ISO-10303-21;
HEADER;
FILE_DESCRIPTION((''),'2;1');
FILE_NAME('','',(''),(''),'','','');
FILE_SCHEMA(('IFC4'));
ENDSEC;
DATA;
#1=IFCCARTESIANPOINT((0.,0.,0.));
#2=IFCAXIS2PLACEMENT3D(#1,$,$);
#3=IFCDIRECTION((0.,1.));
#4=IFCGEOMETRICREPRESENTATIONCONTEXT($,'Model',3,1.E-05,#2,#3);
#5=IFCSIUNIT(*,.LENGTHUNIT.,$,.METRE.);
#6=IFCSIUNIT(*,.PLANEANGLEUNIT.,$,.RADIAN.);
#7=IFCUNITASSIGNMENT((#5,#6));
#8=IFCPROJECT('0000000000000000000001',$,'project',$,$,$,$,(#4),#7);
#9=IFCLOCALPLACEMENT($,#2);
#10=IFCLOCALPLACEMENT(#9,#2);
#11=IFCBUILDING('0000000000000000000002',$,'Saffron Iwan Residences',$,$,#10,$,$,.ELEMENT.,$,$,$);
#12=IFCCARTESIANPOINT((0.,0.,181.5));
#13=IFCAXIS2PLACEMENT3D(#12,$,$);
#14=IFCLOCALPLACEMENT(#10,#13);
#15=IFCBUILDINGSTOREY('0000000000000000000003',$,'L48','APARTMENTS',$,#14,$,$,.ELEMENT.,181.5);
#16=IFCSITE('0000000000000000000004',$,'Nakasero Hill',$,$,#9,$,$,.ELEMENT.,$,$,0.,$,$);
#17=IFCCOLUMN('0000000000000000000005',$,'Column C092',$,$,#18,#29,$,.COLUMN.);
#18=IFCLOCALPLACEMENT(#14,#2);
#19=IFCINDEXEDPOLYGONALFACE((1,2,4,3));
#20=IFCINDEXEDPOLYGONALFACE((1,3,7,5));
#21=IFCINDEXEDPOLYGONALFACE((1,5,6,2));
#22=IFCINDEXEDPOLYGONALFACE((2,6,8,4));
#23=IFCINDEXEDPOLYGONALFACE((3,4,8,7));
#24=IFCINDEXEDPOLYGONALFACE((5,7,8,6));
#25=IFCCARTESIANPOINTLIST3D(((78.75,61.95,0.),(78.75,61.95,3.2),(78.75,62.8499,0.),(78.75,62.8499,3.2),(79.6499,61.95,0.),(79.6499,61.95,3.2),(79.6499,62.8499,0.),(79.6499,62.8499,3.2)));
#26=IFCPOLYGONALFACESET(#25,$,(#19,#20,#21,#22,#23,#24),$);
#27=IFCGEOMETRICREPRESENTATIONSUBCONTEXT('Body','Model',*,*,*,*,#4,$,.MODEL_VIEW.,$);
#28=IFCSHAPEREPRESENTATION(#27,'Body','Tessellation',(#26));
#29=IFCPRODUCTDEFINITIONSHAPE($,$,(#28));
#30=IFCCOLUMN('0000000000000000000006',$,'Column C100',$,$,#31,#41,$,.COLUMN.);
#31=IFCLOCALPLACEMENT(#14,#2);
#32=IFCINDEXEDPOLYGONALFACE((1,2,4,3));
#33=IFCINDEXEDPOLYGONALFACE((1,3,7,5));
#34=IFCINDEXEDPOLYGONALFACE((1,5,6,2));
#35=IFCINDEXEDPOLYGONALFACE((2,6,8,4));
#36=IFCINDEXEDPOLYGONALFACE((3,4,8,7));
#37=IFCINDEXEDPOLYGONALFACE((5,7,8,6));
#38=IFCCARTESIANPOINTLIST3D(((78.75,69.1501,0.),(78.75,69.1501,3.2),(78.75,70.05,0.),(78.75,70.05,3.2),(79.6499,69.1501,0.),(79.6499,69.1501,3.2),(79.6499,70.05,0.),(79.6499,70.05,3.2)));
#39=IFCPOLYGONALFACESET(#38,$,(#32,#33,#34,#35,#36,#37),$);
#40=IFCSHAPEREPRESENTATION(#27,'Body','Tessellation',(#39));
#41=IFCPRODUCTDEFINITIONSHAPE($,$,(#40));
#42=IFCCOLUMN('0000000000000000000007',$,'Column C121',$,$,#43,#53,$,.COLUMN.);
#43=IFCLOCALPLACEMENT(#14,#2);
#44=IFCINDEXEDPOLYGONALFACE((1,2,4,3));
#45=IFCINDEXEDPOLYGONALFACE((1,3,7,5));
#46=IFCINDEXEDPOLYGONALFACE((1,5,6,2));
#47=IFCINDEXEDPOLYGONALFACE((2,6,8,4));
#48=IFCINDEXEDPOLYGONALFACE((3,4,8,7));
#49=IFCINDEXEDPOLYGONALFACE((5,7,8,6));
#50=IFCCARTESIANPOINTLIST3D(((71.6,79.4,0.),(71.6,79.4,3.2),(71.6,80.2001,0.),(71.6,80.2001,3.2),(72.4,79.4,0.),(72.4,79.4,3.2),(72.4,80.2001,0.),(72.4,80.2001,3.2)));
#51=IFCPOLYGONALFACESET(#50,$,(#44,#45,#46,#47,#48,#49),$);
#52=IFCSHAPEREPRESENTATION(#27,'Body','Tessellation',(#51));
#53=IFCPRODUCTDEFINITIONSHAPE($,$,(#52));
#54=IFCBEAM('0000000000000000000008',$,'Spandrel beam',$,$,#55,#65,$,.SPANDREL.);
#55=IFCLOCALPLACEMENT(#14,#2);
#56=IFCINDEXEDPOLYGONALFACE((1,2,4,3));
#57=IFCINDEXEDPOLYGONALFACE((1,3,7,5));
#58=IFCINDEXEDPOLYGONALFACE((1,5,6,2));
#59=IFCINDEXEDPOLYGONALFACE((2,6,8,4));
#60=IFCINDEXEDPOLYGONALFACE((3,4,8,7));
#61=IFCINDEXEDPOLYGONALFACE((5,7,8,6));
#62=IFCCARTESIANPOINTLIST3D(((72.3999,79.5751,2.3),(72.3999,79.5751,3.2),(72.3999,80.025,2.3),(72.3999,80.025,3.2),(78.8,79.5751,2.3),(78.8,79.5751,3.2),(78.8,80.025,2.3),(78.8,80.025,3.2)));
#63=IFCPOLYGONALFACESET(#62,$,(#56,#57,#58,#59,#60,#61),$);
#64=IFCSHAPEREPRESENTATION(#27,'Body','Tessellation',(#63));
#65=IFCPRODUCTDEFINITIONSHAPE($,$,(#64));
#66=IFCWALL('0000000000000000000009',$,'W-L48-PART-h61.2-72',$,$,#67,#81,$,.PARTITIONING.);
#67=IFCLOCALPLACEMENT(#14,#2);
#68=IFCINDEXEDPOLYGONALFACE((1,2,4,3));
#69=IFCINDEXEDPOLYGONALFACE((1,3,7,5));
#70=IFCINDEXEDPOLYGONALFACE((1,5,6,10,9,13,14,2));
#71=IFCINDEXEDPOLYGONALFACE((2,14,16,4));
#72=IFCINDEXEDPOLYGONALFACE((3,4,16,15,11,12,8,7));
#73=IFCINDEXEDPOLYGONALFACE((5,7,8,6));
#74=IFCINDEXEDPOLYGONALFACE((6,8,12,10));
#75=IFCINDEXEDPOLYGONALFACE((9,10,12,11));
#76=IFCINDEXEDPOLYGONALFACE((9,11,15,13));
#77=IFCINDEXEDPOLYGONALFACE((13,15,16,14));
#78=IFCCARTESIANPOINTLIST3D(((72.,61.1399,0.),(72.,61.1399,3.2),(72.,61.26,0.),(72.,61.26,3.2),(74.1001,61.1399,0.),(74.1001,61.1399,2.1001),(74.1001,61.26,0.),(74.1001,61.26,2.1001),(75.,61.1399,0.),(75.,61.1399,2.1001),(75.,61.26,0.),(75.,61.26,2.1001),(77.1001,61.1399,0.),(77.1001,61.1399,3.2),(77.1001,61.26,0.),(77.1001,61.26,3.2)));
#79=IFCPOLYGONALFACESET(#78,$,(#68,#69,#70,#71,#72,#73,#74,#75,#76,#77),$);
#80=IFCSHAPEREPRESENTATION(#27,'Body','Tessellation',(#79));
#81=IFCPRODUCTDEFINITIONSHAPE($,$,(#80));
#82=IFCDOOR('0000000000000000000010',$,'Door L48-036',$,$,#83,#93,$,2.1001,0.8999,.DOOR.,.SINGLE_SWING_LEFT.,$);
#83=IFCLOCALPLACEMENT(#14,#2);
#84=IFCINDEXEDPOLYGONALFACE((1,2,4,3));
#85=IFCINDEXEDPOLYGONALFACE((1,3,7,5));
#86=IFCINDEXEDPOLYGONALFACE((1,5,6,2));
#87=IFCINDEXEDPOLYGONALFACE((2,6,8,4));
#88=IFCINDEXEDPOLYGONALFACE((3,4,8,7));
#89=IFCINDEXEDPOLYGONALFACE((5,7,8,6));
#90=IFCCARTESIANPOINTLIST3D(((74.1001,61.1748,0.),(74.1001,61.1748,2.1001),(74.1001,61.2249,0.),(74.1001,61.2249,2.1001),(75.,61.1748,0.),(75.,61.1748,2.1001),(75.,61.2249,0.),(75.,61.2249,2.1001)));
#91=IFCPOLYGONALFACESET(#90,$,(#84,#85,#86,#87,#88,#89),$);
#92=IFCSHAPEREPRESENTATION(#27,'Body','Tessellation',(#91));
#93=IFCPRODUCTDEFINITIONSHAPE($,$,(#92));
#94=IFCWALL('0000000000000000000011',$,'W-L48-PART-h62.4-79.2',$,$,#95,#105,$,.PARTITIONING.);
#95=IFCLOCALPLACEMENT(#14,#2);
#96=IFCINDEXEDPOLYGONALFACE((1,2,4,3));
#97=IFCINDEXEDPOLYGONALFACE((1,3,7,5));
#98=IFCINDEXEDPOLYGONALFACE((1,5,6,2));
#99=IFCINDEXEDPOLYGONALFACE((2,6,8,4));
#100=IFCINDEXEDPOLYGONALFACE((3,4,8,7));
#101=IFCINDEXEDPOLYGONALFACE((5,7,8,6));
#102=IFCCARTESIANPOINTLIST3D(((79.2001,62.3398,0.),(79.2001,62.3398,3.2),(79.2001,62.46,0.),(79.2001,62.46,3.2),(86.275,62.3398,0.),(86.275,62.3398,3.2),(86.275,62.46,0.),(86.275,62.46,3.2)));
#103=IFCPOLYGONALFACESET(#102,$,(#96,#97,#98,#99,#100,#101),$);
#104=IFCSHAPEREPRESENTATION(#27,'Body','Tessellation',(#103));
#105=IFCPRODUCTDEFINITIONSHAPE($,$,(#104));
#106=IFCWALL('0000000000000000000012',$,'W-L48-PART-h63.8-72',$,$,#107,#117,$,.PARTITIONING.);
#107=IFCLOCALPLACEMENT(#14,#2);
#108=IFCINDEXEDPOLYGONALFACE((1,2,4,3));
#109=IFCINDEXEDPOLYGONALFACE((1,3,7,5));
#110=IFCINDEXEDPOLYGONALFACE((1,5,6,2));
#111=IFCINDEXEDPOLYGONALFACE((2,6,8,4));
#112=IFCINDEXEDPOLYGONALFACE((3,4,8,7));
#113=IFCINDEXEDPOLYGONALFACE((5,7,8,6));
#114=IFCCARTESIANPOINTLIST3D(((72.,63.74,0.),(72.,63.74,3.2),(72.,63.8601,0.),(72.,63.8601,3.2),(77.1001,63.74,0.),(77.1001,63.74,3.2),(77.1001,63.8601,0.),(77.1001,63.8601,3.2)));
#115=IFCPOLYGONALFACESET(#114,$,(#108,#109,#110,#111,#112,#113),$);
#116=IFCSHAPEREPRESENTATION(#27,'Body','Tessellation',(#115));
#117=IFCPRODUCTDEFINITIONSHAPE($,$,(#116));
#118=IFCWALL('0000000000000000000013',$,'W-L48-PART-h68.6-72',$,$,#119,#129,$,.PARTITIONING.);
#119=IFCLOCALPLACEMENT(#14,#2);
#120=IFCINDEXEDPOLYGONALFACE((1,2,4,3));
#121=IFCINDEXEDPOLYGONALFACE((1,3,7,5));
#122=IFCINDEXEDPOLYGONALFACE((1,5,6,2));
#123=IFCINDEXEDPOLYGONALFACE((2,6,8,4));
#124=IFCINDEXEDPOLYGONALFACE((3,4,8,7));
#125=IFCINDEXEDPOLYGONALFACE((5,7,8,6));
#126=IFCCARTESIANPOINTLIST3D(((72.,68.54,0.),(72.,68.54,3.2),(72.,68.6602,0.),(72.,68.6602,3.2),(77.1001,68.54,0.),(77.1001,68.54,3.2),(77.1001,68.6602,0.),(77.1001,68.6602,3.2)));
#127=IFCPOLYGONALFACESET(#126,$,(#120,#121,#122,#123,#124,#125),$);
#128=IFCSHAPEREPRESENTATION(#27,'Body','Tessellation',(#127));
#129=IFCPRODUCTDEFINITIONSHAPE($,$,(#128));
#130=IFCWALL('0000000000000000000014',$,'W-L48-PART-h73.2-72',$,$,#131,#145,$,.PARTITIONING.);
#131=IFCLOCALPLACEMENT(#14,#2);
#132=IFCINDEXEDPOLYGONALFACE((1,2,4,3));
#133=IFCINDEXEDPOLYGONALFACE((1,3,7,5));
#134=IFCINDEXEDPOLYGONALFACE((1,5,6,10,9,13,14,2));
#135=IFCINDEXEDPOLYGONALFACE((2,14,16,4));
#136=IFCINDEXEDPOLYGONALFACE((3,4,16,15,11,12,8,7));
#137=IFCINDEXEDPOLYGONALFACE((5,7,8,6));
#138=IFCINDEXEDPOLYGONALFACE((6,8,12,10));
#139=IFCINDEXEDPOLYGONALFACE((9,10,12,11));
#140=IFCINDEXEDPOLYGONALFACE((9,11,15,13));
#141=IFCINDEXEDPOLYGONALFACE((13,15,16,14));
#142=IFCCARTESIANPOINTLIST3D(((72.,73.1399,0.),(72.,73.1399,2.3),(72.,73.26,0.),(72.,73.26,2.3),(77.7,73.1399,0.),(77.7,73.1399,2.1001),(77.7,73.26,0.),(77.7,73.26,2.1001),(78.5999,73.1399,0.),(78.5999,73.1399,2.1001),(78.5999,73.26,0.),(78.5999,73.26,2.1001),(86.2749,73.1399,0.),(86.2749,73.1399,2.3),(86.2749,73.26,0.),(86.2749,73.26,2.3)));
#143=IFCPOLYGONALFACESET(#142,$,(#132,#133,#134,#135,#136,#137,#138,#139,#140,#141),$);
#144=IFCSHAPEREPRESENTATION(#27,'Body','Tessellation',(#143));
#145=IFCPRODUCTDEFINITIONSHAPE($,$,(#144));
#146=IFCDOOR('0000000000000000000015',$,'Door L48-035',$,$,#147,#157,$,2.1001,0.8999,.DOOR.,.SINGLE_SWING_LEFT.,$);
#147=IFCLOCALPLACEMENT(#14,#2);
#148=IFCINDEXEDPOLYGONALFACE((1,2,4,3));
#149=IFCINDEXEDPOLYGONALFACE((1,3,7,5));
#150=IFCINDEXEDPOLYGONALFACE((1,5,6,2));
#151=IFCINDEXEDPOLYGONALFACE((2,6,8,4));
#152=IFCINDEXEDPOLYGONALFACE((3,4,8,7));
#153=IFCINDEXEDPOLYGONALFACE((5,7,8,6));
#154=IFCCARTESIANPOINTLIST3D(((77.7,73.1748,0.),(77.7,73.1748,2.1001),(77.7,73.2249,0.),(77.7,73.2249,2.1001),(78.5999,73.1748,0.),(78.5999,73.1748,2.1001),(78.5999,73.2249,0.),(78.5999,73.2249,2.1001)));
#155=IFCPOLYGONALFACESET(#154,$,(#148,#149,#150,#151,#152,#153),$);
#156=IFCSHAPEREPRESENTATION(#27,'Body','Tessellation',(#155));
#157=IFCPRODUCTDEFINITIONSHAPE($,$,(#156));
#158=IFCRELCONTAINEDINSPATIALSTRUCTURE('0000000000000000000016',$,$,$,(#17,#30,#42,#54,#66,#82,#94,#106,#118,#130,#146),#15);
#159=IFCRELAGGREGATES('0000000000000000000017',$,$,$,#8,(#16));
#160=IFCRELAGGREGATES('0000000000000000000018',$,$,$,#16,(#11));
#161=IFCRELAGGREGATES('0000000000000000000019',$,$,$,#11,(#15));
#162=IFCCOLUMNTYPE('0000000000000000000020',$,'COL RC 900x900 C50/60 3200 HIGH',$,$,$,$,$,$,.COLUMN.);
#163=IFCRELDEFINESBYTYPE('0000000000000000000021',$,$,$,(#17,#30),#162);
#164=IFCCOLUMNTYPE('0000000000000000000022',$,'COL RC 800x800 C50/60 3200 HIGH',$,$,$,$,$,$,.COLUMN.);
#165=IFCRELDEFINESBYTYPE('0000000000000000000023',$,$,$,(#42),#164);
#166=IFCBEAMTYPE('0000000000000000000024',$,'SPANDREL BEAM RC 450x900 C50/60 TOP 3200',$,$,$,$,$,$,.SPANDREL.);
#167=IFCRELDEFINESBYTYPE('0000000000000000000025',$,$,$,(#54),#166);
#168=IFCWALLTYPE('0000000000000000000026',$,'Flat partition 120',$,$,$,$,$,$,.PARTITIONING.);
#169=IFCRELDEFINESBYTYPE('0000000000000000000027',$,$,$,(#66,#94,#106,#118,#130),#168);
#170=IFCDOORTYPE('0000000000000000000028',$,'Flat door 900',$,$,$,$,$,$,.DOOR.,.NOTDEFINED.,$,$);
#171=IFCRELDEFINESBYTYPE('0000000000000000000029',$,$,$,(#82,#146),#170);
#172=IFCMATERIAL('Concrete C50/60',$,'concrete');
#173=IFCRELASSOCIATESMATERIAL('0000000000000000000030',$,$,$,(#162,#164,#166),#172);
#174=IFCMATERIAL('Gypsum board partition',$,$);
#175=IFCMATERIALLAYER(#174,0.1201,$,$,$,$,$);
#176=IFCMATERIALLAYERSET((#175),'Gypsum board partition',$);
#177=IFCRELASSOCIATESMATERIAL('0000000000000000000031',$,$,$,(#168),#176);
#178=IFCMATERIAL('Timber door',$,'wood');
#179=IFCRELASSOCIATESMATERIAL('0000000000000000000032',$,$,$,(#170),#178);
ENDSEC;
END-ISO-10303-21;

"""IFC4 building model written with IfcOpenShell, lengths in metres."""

from ifc_helpers import new_model, si_unit, direction, frame, frame_2d, origin, origin_2d, place, context, subcontext, project, spatial, rectangle, extrude, source, transform, mapped, material, layer, layer_set, material_profile, profile_set, type_object, element, fill, save


model = new_model("IFC4")

# Units and contexts
model_context = context("Model", 3, precision=1e-05, world=origin(), true_north=direction((0.0, 1.0)))
body_context = subcontext(model_context, "Body", "Model", "MODEL_VIEW")
ifc_project = project(units=[si_unit("LENGTHUNIT", "METRE"), si_unit("PLANEANGLEUNIT", "RADIAN")], contexts=[model_context])

# Site, building, storey
site_placement = place(None, origin())
site = spatial("IfcSite", under=ifc_project, at=site_placement, Name="Nakasero Hill", CompositionType="ELEMENT", RefElevation=0.0)
building_placement = place(site_placement, origin())
building = spatial("IfcBuilding", under=site, at=building_placement, Name="Saffron Iwan Residences", CompositionType="ELEMENT")
storey_placement = place(building_placement, frame((0.0, 0.0, 181.5)))
storey = spatial("IfcBuildingStorey", under=building, at=storey_placement, Name="L48", Description="APARTMENTS", CompositionType="ELEMENT", Elevation=181.5)

# Columns
ifc_material_1 = material(Name="Concrete C50/60", Category="concrete")
ifc_material_profile_1 = material_profile(ifc_material_1, rectangle(XDim=0.8999, YDim=0.8999, at=origin_2d()), Name="RC 900x900")
ifc_profile_set_1 = profile_set([ifc_material_profile_1], Name="Concrete C50/60")
column_type_1 = type_object("IfcColumnType", Name="COL RC 900x900 C50/60 3200 HIGH", PredefinedType="COLUMN", material=ifc_profile_set_1)
shared_shape_1 = source(origin(), body_context, "Body", "SweptSolid", [
    extrude(rectangle(XDim=0.8999, YDim=0.8999, at=origin_2d()), origin(), (0.0, 0.0, 1.0), 3.2),
])
for number, where, z_axis, x_axis, name in (
    (1, (79.2, 62.3999, 0.0), (0.0, 0.0, 1.0), (1.0, 0.0, 0.0), "Column C092"),
    (2, (79.2, 69.6001, 0.0), (0.0, 0.0, 1.0), (1.0, 0.0, 0.0), "Column C100"),
):
    element("IfcColumn", number, at=place(storey_placement, frame(where, z_axis=z_axis, x_axis=x_axis)), inside=storey, type_object=column_type_1, Name=name, PredefinedType="COLUMN", context=body_context, shape_type="MappedRepresentation", body=[
        mapped(shared_shape_1, transform((0.0, 0.0, 0.0))),
    ])
ifc_material_profile_2 = material_profile(ifc_material_1, rectangle(XDim=0.8, YDim=0.8, at=origin_2d()), Name="RC 800x800")
ifc_profile_set_2 = profile_set([ifc_material_profile_2], Name="Concrete C50/60")
column_type_2 = type_object("IfcColumnType", Name="COL RC 800x800 C50/60 3200 HIGH", PredefinedType="COLUMN", material=ifc_profile_set_2)
shared_shape_2 = source(origin(), body_context, "Body", "SweptSolid", [
    extrude(rectangle(XDim=0.8, YDim=0.8, at=origin_2d()), origin(), (0.0, 0.0, 1.0), 3.2),
])
column_placement = place(storey_placement, frame((72.0, 79.8, 0.0), z_axis=(0.0, 0.0, 1.0), x_axis=(1.0, 0.0, 0.0)))
element("IfcColumn", 3, at=column_placement, inside=storey, type_object=column_type_2, Name="Column C121", PredefinedType="COLUMN", context=body_context, shape_type="MappedRepresentation", body=[
    mapped(shared_shape_2, transform((0.0, 0.0, 0.0))),
])

# Beam
ifc_material_profile_3 = material_profile(ifc_material_1, rectangle(XDim=0.45, YDim=0.8999, at=origin_2d()), Name="RC 450x900")
ifc_profile_set_3 = profile_set([ifc_material_profile_3], Name="Concrete C50/60")
beam_type = type_object("IfcBeamType", Name="SPANDREL BEAM RC 450x900 C50/60 TOP 3200", PredefinedType="SPANDREL", material=ifc_profile_set_3)
shared_shape_3 = source(origin(), body_context, "Body", "SweptSolid", [
    extrude(rectangle(XDim=0.45, YDim=0.8999, at=origin_2d()), origin(), (0.0, 0.0, 1.0), 6.4001),
])
beam_placement = place(storey_placement, frame((72.3999, 79.8, 2.75), z_axis=(1.0, 0.0, 0.0), x_axis=(0.0, 1.0, 0.0)))
element("IfcBeam", 4, at=beam_placement, inside=storey, type_object=beam_type, Name="Spandrel beam", PredefinedType="SPANDREL", context=body_context, shape_type="MappedRepresentation", body=[
    mapped(shared_shape_3, transform((0.0, 0.0, 0.0))),
])

# Wall, opening, door
ifc_material_2 = material(Name="Gypsum board partition")
ifc_layer_1 = layer(ifc_material_2, 0.1201)
ifc_layer_set_1 = layer_set([ifc_layer_1], Name="Gypsum board partition")
wall_type_1 = type_object("IfcWallType", Name="Flat partition 120", PredefinedType="PARTITIONING", material=ifc_layer_set_1)
wall_1_placement = place(storey_placement, frame((72.0, 61.2, 0.0), z_axis=(0.0, 0.0, 1.0), x_axis=(1.0, 0.0, 0.0)))
wall_1 = element("IfcWall", 5, at=wall_1_placement, inside=storey, type_object=wall_type_1, Name="W-L48-PART-h61.2-72", PredefinedType="PARTITIONING", context=body_context, shape_type="SweptSolid", body=[
    extrude(rectangle(XDim=5.1001, YDim=0.1201, at=frame_2d((2.55, 0.0))), origin(), (0.0, 0.0, 1.0), 3.2),
])
opening_1_placement = place(wall_1_placement, frame((2.1001, 0.0, 0.0)))
opening_1 = element("IfcOpeningElement", 6, at=opening_1_placement, cuts=wall_1, PredefinedType="OPENING", context=body_context, shape_type="SweptSolid", body=[
    extrude(rectangle(XDim=0.8999, YDim=2.1001, at=frame_2d((0.45, 1.05))), frame((0.0, 0.0701, 0.0), z_axis=(0.0, -1.0, 0.0), x_axis=(1.0, 0.0, 0.0)), (0.0, 0.0, 1.0), 0.1401),
])
ifc_material_3 = material(Name="Timber door", Category="wood")
door_type_1 = type_object("IfcDoorType", Name="Flat door 900", OperationType="NOTDEFINED", PredefinedType="DOOR", material=ifc_material_3)
door_1_placement = place(opening_1_placement, origin())
door_1 = element("IfcDoor", 7, at=door_1_placement, inside=storey, type_object=door_type_1, Name="Door L48-036", OperationType="SINGLE_SWING_LEFT", OverallHeight=2.1001, OverallWidth=0.8999, PredefinedType="DOOR", context=body_context, shape_type="SweptSolid", body=[
    extrude(rectangle(XDim=0.8999, YDim=2.1001, at=frame_2d((0.45, 1.05))), frame((0.0, 0.0249, 0.0), z_axis=(0.0, -1.0, 0.0), x_axis=(1.0, 0.0, 0.0)), (0.0, 0.0, 1.0), 0.05),
])
fill(opening_1, door_1)

# Walls
wall_2_placement = place(storey_placement, frame((79.2, 62.3999, 0.0), z_axis=(0.0, 0.0, 1.0), x_axis=(1.0, 0.0, 0.0)))
element("IfcWall", 8, at=wall_2_placement, inside=storey, type_object=wall_type_1, Name="W-L48-PART-h62.4-79.2", PredefinedType="PARTITIONING", context=body_context, shape_type="SweptSolid", body=[
    extrude(rectangle(XDim=7.075, YDim=0.1201, at=frame_2d((3.5376, 0.0))), origin(), (0.0, 0.0, 1.0), 3.2),
])
for number, where, z_axis, x_axis, name in (
    (9, (72.0, 63.8, 0.0), (0.0, 0.0, 1.0), (1.0, 0.0, 0.0), "W-L48-PART-h63.8-72"),
    (10, (72.0, 68.6001, 0.0), (0.0, 0.0, 1.0), (1.0, 0.0, 0.0), "W-L48-PART-h68.6-72"),
):
    element("IfcWall", number, at=place(storey_placement, frame(where, z_axis=z_axis, x_axis=x_axis)), inside=storey, type_object=wall_type_1, Name=name, PredefinedType="PARTITIONING", context=body_context, shape_type="SweptSolid", body=[
        extrude(rectangle(XDim=5.1001, YDim=0.1201, at=frame_2d((2.55, 0.0))), origin(), (0.0, 0.0, 1.0), 3.2),
    ])

# Wall, opening, door
wall_3_placement = place(storey_placement, frame((72.0, 73.2, 0.0), z_axis=(0.0, 0.0, 1.0), x_axis=(1.0, 0.0, 0.0)))
wall_3 = element("IfcWall", 11, at=wall_3_placement, inside=storey, type_object=wall_type_1, Name="W-L48-PART-h73.2-72", PredefinedType="PARTITIONING", context=body_context, shape_type="SweptSolid", body=[
    extrude(rectangle(XDim=14.2749, YDim=0.1201, at=frame_2d((7.1375, 0.0))), origin(), (0.0, 0.0, 1.0), 2.3),
])
opening_2_placement = place(wall_3_placement, frame((5.7, 0.0, 0.0)))
opening_2 = element("IfcOpeningElement", 12, at=opening_2_placement, cuts=wall_3, PredefinedType="OPENING", context=body_context, shape_type="SweptSolid", body=[
    extrude(rectangle(XDim=0.8999, YDim=2.1001, at=frame_2d((0.45, 1.05))), frame((0.0, 0.0701, 0.0), z_axis=(0.0, -1.0, 0.0), x_axis=(1.0, 0.0, 0.0)), (0.0, 0.0, 1.0), 0.1401),
])
door_2_placement = place(opening_2_placement, origin())
door_2 = element("IfcDoor", 13, at=door_2_placement, inside=storey, type_object=door_type_1, Name="Door L48-035", OperationType="SINGLE_SWING_LEFT", OverallHeight=2.1001, OverallWidth=0.8999, PredefinedType="DOOR", context=body_context, shape_type="SweptSolid", body=[
    extrude(rectangle(XDim=0.8999, YDim=2.1001, at=frame_2d((0.45, 1.05))), frame((0.0, 0.0249, 0.0), z_axis=(0.0, -1.0, 0.0), x_axis=(1.0, 0.0, 0.0)), (0.0, 0.0, 1.0), 0.05),
])
fill(opening_2, door_2)

save(model, "model.ifc")
